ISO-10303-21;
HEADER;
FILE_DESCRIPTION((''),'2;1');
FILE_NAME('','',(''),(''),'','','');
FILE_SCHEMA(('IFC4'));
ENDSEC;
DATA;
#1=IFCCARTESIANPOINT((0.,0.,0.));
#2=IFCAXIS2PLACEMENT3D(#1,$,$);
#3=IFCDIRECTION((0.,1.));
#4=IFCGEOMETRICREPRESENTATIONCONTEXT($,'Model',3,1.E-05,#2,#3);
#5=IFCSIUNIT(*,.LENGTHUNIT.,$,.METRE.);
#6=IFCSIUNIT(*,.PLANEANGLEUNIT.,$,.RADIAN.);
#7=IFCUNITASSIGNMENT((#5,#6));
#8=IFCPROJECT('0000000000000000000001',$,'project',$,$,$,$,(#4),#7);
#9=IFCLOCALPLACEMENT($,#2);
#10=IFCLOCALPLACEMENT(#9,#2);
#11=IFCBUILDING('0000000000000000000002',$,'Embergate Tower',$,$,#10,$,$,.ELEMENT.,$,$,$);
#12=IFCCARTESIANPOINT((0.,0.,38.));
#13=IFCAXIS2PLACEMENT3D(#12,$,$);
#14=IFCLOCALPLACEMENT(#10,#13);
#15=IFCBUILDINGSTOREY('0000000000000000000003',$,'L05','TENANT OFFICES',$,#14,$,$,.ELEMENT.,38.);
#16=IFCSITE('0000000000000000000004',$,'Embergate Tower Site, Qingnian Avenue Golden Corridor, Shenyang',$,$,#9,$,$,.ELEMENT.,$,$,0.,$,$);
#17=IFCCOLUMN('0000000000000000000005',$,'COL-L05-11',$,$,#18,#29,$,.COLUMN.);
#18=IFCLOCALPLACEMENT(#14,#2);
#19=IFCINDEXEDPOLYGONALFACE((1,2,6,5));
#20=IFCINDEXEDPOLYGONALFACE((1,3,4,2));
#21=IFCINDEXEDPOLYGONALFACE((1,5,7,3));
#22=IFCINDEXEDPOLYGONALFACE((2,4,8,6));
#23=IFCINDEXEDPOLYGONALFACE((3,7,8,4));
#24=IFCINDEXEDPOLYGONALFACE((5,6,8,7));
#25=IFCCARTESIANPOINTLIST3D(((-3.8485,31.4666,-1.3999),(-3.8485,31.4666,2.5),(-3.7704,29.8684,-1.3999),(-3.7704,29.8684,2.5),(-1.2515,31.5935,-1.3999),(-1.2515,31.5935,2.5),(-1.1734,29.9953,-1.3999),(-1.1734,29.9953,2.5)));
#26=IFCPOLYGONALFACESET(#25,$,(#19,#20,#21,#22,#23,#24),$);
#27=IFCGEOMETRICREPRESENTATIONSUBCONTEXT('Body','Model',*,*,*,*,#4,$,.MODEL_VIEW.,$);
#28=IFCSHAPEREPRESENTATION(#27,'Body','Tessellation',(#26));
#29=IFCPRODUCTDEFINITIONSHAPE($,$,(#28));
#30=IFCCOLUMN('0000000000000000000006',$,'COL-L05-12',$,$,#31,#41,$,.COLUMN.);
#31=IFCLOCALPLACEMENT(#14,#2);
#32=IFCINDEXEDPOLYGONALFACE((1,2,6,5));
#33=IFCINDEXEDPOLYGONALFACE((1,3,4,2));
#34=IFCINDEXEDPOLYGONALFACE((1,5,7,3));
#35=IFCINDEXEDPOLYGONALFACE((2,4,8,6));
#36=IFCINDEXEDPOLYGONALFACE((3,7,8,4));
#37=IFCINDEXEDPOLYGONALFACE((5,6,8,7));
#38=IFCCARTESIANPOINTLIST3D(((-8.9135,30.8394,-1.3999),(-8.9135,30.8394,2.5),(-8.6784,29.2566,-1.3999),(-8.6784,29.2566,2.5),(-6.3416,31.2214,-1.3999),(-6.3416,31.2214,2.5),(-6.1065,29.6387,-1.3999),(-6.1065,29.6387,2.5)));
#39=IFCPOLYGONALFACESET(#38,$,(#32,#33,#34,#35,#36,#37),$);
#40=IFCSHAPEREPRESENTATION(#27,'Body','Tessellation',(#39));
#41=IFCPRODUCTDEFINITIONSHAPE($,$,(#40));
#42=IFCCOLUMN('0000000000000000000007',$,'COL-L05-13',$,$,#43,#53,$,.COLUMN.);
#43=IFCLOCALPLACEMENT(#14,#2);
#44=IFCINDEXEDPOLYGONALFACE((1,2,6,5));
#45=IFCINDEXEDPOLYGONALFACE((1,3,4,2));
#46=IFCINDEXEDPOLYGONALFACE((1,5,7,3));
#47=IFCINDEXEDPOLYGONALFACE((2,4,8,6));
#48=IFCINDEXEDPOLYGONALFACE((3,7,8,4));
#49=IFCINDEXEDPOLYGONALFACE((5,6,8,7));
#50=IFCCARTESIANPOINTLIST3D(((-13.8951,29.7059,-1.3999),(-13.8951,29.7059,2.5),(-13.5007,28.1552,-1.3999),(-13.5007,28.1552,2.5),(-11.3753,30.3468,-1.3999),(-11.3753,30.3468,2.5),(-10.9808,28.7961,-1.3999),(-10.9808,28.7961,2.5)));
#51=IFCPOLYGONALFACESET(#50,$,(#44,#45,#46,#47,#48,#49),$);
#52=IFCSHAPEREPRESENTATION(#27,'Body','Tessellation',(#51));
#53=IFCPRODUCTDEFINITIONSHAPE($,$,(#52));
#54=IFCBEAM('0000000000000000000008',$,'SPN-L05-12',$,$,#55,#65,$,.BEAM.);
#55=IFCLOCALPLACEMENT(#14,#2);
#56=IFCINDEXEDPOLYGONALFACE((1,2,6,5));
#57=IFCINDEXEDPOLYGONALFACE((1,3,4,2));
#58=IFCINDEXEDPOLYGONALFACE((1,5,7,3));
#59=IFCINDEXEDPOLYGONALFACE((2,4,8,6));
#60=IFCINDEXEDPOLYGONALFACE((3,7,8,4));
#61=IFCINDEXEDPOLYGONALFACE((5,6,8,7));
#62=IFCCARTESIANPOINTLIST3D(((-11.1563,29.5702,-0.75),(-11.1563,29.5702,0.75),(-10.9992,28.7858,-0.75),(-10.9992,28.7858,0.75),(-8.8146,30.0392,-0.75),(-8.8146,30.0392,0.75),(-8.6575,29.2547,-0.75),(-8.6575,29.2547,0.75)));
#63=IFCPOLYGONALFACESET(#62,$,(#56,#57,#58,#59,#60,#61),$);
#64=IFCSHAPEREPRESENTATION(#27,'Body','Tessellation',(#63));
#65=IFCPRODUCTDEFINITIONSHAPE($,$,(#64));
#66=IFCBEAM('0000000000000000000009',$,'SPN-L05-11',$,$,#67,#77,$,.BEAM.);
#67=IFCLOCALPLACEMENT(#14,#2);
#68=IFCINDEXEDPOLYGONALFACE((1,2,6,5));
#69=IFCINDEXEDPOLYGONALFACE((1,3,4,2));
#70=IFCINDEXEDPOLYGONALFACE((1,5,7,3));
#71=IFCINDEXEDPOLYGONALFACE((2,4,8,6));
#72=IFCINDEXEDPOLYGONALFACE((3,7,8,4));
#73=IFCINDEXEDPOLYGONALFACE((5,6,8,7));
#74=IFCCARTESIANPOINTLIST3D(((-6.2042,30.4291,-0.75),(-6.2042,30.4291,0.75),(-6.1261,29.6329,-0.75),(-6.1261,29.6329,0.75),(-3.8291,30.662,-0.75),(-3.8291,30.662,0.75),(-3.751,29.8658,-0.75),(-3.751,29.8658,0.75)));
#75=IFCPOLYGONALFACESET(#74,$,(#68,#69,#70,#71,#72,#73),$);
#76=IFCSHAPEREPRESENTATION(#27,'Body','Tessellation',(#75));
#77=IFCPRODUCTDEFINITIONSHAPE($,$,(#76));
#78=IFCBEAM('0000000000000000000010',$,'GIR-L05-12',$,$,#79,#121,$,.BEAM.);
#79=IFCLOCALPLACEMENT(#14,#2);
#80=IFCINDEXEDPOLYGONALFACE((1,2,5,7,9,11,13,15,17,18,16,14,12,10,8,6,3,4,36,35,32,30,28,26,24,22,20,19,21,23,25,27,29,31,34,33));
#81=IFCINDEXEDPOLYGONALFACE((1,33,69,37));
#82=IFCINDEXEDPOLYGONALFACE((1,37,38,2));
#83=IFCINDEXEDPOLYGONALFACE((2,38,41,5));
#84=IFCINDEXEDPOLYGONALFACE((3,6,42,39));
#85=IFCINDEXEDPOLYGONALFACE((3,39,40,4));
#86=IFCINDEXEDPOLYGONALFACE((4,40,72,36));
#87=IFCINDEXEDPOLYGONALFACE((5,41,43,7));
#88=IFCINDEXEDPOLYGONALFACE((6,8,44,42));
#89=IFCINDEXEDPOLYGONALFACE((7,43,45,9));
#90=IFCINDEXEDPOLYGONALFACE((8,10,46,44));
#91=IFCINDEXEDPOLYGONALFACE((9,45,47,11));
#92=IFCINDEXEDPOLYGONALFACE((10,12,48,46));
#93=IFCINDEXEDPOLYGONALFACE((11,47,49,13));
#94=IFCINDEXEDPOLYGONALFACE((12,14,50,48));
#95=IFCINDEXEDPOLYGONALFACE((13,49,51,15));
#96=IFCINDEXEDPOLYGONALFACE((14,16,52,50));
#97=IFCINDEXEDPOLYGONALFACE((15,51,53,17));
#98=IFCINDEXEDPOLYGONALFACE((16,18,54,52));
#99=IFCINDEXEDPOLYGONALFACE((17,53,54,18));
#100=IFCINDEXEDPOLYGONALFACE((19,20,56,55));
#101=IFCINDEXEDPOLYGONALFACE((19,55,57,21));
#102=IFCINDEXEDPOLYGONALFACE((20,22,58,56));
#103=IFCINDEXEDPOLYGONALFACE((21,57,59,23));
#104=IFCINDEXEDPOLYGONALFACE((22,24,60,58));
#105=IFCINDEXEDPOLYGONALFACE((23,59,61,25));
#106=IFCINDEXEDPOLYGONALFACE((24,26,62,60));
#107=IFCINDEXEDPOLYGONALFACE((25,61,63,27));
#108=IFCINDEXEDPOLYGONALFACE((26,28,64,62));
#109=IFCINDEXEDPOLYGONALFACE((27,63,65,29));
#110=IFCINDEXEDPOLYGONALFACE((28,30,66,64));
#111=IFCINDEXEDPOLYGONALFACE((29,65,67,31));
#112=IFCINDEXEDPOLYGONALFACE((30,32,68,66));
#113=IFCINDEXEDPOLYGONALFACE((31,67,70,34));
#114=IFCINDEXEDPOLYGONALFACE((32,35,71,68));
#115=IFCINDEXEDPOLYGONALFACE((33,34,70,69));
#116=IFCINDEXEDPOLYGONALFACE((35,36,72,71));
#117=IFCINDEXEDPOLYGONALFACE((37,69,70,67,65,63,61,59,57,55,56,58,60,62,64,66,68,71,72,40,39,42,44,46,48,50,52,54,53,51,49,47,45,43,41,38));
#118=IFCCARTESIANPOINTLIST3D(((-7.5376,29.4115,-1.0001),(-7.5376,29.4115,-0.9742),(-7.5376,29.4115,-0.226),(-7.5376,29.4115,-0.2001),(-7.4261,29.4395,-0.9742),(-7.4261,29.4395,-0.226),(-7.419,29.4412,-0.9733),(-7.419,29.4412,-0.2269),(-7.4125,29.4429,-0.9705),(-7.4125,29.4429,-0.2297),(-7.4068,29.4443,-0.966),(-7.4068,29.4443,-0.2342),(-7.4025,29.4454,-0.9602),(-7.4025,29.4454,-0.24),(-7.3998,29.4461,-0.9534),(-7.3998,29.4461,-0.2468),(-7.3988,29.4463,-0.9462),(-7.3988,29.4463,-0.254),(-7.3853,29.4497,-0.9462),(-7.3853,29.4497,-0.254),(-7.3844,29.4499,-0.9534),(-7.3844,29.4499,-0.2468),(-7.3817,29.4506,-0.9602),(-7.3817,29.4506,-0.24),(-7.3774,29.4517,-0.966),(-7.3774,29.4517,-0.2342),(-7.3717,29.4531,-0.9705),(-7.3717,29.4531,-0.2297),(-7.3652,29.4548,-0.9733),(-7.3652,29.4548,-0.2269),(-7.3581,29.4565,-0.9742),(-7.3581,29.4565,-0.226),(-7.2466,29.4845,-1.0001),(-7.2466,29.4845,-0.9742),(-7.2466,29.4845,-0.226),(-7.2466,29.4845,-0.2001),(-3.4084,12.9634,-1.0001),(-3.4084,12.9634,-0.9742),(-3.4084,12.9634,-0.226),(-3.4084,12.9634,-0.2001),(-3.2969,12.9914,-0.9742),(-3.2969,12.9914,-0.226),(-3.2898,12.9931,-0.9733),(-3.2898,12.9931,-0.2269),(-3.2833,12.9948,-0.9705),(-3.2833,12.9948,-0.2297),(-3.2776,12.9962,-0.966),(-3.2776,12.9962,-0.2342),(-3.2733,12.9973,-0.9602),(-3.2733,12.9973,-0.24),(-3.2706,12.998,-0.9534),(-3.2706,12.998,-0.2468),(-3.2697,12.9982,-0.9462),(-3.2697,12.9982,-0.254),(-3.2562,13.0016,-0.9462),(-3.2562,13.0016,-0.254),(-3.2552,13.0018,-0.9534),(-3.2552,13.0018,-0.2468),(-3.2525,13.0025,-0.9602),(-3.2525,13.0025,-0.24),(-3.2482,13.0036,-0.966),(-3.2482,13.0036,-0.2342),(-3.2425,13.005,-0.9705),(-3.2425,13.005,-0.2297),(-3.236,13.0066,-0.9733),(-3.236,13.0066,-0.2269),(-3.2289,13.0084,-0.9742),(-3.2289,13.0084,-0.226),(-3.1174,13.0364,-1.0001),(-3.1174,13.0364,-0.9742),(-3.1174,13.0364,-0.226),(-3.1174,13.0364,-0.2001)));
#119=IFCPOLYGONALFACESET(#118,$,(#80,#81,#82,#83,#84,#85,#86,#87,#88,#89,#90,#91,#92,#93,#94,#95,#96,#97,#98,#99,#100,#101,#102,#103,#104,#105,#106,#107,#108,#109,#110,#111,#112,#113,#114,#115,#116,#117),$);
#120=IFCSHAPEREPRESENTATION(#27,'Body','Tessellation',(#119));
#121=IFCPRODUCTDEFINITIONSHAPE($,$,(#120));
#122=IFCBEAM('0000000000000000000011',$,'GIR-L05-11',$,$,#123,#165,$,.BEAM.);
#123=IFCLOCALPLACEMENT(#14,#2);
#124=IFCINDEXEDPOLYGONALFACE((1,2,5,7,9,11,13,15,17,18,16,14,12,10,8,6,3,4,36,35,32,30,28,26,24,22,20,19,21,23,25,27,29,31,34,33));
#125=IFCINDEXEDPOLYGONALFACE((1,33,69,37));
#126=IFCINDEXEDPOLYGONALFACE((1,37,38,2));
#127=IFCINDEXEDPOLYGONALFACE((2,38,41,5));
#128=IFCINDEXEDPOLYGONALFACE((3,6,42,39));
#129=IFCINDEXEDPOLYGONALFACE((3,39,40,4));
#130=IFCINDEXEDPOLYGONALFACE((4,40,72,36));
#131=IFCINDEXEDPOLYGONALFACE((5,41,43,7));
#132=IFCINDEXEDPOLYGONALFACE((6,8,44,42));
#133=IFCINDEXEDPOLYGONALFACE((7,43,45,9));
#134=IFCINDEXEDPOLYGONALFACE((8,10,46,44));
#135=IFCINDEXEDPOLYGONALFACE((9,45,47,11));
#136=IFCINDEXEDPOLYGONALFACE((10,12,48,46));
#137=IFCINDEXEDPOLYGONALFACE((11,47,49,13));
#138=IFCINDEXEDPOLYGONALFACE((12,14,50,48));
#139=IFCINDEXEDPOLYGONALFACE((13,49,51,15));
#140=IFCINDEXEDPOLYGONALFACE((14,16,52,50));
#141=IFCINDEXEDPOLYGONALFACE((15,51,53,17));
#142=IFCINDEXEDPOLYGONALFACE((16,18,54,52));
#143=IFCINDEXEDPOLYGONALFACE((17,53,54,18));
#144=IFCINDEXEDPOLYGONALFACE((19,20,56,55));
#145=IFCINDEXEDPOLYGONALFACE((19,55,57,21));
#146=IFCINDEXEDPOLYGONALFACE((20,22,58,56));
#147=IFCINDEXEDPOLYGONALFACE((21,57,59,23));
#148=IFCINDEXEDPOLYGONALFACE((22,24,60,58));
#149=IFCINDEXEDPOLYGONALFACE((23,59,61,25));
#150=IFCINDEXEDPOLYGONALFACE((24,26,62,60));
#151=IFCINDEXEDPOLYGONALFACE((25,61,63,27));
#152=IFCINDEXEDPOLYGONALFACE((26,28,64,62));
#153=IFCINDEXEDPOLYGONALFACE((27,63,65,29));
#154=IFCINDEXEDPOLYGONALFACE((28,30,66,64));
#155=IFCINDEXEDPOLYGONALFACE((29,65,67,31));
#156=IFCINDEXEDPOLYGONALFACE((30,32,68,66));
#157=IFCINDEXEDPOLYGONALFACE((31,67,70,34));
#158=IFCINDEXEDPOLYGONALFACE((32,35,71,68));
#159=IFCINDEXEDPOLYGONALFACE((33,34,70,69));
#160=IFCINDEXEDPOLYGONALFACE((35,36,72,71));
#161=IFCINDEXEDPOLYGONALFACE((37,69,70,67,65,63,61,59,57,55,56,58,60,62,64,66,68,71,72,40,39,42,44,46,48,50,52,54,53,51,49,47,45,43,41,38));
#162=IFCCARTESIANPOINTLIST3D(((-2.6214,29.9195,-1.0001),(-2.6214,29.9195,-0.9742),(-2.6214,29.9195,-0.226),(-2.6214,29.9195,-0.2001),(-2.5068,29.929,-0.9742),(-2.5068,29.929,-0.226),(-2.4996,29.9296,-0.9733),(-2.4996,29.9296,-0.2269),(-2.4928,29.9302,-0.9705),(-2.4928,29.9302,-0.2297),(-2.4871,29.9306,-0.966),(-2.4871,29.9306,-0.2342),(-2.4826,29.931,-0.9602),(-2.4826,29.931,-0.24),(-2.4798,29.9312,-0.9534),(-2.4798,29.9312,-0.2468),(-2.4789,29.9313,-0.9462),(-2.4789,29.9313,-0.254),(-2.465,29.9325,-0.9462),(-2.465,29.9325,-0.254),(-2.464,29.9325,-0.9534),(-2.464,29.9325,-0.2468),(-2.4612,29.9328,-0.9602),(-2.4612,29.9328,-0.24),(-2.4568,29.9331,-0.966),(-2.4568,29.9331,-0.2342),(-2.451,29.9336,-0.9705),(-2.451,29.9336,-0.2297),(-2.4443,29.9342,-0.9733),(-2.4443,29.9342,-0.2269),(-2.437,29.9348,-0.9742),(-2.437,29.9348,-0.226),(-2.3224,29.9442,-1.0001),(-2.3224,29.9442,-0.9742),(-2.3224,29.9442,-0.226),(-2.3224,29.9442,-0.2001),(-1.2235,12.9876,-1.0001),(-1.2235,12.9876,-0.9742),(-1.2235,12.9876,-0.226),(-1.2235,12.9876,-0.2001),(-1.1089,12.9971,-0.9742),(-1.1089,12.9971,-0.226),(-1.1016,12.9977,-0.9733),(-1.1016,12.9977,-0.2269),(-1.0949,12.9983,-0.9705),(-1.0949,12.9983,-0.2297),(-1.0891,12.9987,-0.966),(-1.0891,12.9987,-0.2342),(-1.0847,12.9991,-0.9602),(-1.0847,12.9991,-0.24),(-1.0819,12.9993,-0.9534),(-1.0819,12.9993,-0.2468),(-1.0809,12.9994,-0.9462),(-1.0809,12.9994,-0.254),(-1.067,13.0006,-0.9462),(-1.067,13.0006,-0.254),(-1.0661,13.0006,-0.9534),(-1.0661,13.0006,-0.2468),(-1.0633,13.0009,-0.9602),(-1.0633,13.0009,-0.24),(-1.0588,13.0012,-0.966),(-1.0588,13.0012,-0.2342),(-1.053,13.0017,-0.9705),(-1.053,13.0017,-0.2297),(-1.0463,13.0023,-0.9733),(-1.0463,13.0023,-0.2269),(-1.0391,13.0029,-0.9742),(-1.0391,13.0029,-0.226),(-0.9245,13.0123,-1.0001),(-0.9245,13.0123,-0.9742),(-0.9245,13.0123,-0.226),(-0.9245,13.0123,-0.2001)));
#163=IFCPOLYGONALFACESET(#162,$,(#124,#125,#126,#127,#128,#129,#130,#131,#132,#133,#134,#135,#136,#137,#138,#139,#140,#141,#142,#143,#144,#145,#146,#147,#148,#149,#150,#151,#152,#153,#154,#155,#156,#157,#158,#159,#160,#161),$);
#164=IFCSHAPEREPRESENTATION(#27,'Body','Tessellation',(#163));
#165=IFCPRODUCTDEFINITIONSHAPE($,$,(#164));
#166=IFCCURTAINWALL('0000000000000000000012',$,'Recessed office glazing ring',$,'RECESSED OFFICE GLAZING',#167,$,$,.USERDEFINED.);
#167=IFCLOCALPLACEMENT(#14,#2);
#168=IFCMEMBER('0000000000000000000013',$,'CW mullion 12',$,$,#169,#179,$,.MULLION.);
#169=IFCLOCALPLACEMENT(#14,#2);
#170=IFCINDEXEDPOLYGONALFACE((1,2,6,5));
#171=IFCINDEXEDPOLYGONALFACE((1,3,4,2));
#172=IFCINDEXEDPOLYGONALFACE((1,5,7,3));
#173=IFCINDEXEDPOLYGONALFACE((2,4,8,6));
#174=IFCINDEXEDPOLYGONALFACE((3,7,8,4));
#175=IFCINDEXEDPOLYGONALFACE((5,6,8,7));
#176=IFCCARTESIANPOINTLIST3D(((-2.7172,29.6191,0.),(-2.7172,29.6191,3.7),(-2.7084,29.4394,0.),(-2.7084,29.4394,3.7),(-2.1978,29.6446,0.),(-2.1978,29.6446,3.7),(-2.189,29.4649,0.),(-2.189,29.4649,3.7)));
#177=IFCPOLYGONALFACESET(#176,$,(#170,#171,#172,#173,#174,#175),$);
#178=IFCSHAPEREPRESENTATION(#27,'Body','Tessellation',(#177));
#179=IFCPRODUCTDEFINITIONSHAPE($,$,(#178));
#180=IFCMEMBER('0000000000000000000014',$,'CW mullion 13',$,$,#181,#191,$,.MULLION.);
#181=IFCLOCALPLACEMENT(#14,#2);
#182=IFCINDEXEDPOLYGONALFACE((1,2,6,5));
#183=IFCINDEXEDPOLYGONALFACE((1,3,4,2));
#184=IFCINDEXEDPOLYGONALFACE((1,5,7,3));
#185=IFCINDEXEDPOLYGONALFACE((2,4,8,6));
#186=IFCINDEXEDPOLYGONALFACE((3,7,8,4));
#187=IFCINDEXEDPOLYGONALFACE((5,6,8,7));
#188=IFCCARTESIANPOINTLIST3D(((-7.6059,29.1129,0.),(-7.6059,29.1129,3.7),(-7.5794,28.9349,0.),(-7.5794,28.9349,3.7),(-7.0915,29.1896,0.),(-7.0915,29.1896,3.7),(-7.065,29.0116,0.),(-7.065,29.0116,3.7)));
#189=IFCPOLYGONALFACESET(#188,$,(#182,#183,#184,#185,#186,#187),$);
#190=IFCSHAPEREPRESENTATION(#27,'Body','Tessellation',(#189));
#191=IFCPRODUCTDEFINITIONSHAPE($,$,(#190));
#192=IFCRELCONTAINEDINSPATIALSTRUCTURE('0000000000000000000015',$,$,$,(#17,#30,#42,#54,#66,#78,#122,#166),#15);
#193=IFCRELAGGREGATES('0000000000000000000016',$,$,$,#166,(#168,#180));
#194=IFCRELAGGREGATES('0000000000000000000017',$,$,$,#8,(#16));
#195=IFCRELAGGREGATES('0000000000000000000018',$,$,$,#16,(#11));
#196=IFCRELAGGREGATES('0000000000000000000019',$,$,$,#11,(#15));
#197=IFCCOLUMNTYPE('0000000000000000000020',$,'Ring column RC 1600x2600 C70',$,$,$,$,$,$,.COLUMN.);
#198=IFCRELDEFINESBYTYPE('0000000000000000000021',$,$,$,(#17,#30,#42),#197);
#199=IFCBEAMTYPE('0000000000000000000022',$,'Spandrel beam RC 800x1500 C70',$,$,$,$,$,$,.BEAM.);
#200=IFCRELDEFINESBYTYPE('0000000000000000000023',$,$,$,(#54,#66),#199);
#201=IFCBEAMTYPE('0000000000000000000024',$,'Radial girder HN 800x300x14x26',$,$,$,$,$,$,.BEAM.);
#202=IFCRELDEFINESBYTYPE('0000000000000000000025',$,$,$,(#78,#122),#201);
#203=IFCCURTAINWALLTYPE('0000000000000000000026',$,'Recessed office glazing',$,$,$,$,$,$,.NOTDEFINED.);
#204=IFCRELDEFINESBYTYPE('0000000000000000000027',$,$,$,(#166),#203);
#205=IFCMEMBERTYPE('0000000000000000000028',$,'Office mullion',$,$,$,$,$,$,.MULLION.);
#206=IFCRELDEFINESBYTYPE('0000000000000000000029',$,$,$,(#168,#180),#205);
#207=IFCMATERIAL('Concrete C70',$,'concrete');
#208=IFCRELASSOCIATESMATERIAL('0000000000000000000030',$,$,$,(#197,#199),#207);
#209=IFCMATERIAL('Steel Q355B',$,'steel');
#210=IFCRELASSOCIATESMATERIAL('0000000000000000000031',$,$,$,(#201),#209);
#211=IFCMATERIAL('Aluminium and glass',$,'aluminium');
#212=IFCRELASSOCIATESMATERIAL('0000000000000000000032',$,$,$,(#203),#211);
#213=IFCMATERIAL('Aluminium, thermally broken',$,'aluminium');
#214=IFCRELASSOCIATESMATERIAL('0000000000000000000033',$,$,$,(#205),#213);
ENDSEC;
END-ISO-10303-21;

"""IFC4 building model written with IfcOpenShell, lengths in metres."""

from ifc_helpers import new_model, si_unit, direction, frame, origin, origin_2d, place, context, subcontext, project, spatial, rectangle, i_section, extrude, source, transform, mapped, material, material_profile, profile_set, type_object, element, aggregate, save


model = new_model("IFC4")

# Units and contexts
model_context = context("Model", 3, precision=1e-05, world=origin(), true_north=direction((0.0, 1.0)))
body_context = subcontext(model_context, "Body", "Model", "MODEL_VIEW")
ifc_project = project(units=[si_unit("LENGTHUNIT", "METRE"), si_unit("PLANEANGLEUNIT", "RADIAN")], contexts=[model_context])

# Site, building, storey
site_placement = place(None, origin())
site = spatial("IfcSite", under=ifc_project, at=site_placement, Name="Embergate Tower Site, Qingnian Avenue Golden Corridor, Shenyang", CompositionType="ELEMENT", RefElevation=0.0)
building_placement = place(site_placement, origin())
building = spatial("IfcBuilding", under=site, at=building_placement, Name="Embergate Tower", CompositionType="ELEMENT")
storey_placement = place(building_placement, frame((0.0, 0.0, 38.0)))
storey = spatial("IfcBuildingStorey", under=building, at=storey_placement, Name="L05", Description="TENANT OFFICES", CompositionType="ELEMENT", Elevation=38.0)

# Columns
ifc_material_1 = material(Name="Concrete C70", Category="concrete")
ifc_material_profile_1 = material_profile(ifc_material_1, rectangle(XDim=1.6001, YDim=2.6001, at=origin_2d()), Name="RC 1600x2600")
ifc_profile_set_1 = profile_set([ifc_material_profile_1], Name="Concrete C70")
column_type = type_object("IfcColumnType", Name="Ring column RC 1600x2600 C70", PredefinedType="COLUMN", material=ifc_profile_set_1)
shared_shape_1 = source(origin(), body_context, "Body", "SweptSolid", [
    extrude(rectangle(XDim=1.6001, YDim=2.6001, at=origin_2d()), origin(), (0.0, 0.0, 1.0), 3.8999),
])
for number, where, z_axis, x_axis, name in (
    (1, (-2.511, 30.731, -1.3999), (0.0, 0.0, 1.0), (-0.048815, 0.998808, 0.0), "COL-L05-11"),
    (2, (-7.51, 30.239, -1.3999), (0.0, 0.0, 1.0), (-0.146929, 0.989147, 0.0), "COL-L05-12"),
    (3, (-12.438, 29.251, -1.3999), (0.0, 0.0, 1.0), (-0.246492, 0.969145, 0.0), "COL-L05-13"),
):
    element("IfcColumn", number, at=place(storey_placement, frame(where, z_axis=z_axis, x_axis=x_axis)), inside=storey, type_object=column_type, Name=name, PredefinedType="COLUMN", context=body_context, shape_type="MappedRepresentation", body=[
        mapped(shared_shape_1, transform((0.0, 0.0, 0.0))),
    ])

# Beams
ifc_material_profile_2 = material_profile(ifc_material_1, rectangle(XDim=0.8, YDim=1.5, at=origin_2d()), Name="RC 800x1500")
ifc_profile_set_2 = profile_set([ifc_material_profile_2], Name="Concrete C70")
beam_type_1 = type_object("IfcBeamType", Name="Spandrel beam RC 800x1500 C70", PredefinedType="BEAM", material=ifc_profile_set_2)
shared_shape_2 = source(origin(), body_context, "Body", "SweptSolid", [
    extrude(rectangle(XDim=0.8, YDim=1.5, at=origin_2d()), origin(), (0.0, 0.0, 1.0), 2.3882),
])
beam_1_placement = place(storey_placement, frame((-8.7361, 29.647, 0.0), z_axis=(-0.98053, -0.196372, 0.0), x_axis=(0.196372, -0.98053, 0.0)))
element("IfcBeam", 4, at=beam_1_placement, inside=storey, type_object=beam_type_1, Name="SPN-L05-12", PredefinedType="BEAM", context=body_context, shape_type="MappedRepresentation", body=[
    mapped(shared_shape_2, transform((0.0, 0.0, 0.0))),
])
shared_shape_3 = source(origin(), body_context, "Body", "SweptSolid", [
    extrude(rectangle(XDim=0.8, YDim=1.5, at=origin_2d()), origin(), (0.0, 0.0, 1.0), 2.3865),
])
beam_2_placement = place(storey_placement, frame((-3.79, 30.2639, 0.0), z_axis=(-0.995226, -0.097599, 0.0), x_axis=(0.097599, -0.995226, 0.0)))
element("IfcBeam", 5, at=beam_2_placement, inside=storey, type_object=beam_type_1, Name="SPN-L05-11", PredefinedType="BEAM", context=body_context, shape_type="MappedRepresentation", body=[
    mapped(shared_shape_3, transform((0.0, 0.0, 0.0))),
])
ifc_material_2 = material(Name="Steel Q355B", Category="steel")
ifc_material_profile_3 = material_profile(ifc_material_2, i_section(OverallWidth=0.3, OverallDepth=0.8, WebThickness=0.0139, FlangeThickness=0.0259, FilletRadius=0.0281, at=origin_2d()), Name="HN 800x300x14x26")
ifc_profile_set_3 = profile_set([ifc_material_profile_3], Name="Steel Q355 grade B")
beam_type_2 = type_object("IfcBeamType", Name="Radial girder HN 800x300x14x26", PredefinedType="BEAM", material=ifc_profile_set_3)
shared_shape_4 = source(origin(), body_context, "Body", "SweptSolid", [
    extrude(i_section(OverallWidth=0.3, OverallDepth=0.8, WebThickness=0.0139, FlangeThickness=0.0259, FilletRadius=0.0281, at=origin_2d()), origin(), (0.0, 0.0, 1.0), 16.9585),
])
beam_3_placement = place(storey_placement, frame((-7.3921, 29.448, -0.6001), z_axis=(0.243487, -0.969904, 0.0), x_axis=(0.969904, 0.243487, 0.0)))
element("IfcBeam", 6, at=beam_3_placement, inside=storey, type_object=beam_type_2, Name="GIR-L05-12", PredefinedType="BEAM", context=body_context, shape_type="MappedRepresentation", body=[
    mapped(shared_shape_4, transform((0.0, 0.0, 0.0))),
])
shared_shape_5 = source(origin(), body_context, "Body", "SweptSolid", [
    extrude(i_section(OverallWidth=0.3, OverallDepth=0.8, WebThickness=0.0139, FlangeThickness=0.0259, FilletRadius=0.0281, at=origin_2d()), origin(), (0.0, 0.0, 1.0), 16.9895),
])
beam_4_placement = place(storey_placement, frame((-2.4719, 29.9319, -0.6001), z_axis=(0.082283, -0.996609, 0.0), x_axis=(0.996609, 0.082283, 0.0)))
element("IfcBeam", 7, at=beam_4_placement, inside=storey, type_object=beam_type_2, Name="GIR-L05-11", PredefinedType="BEAM", context=body_context, shape_type="MappedRepresentation", body=[
    mapped(shared_shape_5, transform((0.0, 0.0, 0.0))),
])

# Curtain wall, members
ifc_material_3 = material(Name="Aluminium and glass", Category="aluminium")
curtain_wall_type = type_object("IfcCurtainWallType", Name="Recessed office glazing", PredefinedType="NOTDEFINED", material=ifc_material_3)
curtain_wall_placement = place(storey_placement, origin())
curtain_wall = element("IfcCurtainWall", 8, at=curtain_wall_placement, inside=storey, type_object=curtain_wall_type, Name="Recessed office glazing ring", ObjectType="RECESSED OFFICE GLAZING", PredefinedType="USERDEFINED")
ifc_material_4 = material(Name="Aluminium, thermally broken", Category="aluminium")
ifc_material_profile_4 = material_profile(ifc_material_4, rectangle(XDim=0.1799, YDim=0.52, at=origin_2d()), Name="AL 520x180")
ifc_profile_set_4 = profile_set([ifc_material_profile_4], Name="Aluminium, thermally broken")
member_type_1 = type_object("IfcMemberType", Name="Office mullion", PredefinedType="MULLION", material=ifc_profile_set_4)
shared_shape_6 = source(origin(), body_context, "Body", "SweptSolid", [
    extrude(rectangle(XDim=0.1799, YDim=0.52, at=origin_2d()), origin(), (0.0, 0.0, 1.0), 3.7),
])
member_1_placement = place(storey_placement, frame((-2.4531, 29.542, 0.0), z_axis=(0.0, 0.0, 1.0), x_axis=(0.048972, -0.9988, 0.0)))
member_1 = element("IfcMember", 9, at=member_1_placement, type_object=member_type_1, Name="CW mullion 12", PredefinedType="MULLION", context=body_context, shape_type="MappedRepresentation", body=[
    mapped(shared_shape_6, transform((0.0, 0.0, 0.0))),
])
member_2_placement = place(storey_placement, frame((-7.3354, 29.0623, 0.0), z_axis=(0.0, 0.0, 1.0), x_axis=(0.147411, -0.989075, 0.0)))
member_2 = element("IfcMember", 10, at=member_2_placement, type_object=member_type_1, Name="CW mullion 13", PredefinedType="MULLION", context=body_context, shape_type="MappedRepresentation", body=[
    mapped(shared_shape_6, transform((0.0, 0.0, 0.0))),
])
aggregate(curtain_wall, [member_1, member_2])

save(model, "model.ifc")
